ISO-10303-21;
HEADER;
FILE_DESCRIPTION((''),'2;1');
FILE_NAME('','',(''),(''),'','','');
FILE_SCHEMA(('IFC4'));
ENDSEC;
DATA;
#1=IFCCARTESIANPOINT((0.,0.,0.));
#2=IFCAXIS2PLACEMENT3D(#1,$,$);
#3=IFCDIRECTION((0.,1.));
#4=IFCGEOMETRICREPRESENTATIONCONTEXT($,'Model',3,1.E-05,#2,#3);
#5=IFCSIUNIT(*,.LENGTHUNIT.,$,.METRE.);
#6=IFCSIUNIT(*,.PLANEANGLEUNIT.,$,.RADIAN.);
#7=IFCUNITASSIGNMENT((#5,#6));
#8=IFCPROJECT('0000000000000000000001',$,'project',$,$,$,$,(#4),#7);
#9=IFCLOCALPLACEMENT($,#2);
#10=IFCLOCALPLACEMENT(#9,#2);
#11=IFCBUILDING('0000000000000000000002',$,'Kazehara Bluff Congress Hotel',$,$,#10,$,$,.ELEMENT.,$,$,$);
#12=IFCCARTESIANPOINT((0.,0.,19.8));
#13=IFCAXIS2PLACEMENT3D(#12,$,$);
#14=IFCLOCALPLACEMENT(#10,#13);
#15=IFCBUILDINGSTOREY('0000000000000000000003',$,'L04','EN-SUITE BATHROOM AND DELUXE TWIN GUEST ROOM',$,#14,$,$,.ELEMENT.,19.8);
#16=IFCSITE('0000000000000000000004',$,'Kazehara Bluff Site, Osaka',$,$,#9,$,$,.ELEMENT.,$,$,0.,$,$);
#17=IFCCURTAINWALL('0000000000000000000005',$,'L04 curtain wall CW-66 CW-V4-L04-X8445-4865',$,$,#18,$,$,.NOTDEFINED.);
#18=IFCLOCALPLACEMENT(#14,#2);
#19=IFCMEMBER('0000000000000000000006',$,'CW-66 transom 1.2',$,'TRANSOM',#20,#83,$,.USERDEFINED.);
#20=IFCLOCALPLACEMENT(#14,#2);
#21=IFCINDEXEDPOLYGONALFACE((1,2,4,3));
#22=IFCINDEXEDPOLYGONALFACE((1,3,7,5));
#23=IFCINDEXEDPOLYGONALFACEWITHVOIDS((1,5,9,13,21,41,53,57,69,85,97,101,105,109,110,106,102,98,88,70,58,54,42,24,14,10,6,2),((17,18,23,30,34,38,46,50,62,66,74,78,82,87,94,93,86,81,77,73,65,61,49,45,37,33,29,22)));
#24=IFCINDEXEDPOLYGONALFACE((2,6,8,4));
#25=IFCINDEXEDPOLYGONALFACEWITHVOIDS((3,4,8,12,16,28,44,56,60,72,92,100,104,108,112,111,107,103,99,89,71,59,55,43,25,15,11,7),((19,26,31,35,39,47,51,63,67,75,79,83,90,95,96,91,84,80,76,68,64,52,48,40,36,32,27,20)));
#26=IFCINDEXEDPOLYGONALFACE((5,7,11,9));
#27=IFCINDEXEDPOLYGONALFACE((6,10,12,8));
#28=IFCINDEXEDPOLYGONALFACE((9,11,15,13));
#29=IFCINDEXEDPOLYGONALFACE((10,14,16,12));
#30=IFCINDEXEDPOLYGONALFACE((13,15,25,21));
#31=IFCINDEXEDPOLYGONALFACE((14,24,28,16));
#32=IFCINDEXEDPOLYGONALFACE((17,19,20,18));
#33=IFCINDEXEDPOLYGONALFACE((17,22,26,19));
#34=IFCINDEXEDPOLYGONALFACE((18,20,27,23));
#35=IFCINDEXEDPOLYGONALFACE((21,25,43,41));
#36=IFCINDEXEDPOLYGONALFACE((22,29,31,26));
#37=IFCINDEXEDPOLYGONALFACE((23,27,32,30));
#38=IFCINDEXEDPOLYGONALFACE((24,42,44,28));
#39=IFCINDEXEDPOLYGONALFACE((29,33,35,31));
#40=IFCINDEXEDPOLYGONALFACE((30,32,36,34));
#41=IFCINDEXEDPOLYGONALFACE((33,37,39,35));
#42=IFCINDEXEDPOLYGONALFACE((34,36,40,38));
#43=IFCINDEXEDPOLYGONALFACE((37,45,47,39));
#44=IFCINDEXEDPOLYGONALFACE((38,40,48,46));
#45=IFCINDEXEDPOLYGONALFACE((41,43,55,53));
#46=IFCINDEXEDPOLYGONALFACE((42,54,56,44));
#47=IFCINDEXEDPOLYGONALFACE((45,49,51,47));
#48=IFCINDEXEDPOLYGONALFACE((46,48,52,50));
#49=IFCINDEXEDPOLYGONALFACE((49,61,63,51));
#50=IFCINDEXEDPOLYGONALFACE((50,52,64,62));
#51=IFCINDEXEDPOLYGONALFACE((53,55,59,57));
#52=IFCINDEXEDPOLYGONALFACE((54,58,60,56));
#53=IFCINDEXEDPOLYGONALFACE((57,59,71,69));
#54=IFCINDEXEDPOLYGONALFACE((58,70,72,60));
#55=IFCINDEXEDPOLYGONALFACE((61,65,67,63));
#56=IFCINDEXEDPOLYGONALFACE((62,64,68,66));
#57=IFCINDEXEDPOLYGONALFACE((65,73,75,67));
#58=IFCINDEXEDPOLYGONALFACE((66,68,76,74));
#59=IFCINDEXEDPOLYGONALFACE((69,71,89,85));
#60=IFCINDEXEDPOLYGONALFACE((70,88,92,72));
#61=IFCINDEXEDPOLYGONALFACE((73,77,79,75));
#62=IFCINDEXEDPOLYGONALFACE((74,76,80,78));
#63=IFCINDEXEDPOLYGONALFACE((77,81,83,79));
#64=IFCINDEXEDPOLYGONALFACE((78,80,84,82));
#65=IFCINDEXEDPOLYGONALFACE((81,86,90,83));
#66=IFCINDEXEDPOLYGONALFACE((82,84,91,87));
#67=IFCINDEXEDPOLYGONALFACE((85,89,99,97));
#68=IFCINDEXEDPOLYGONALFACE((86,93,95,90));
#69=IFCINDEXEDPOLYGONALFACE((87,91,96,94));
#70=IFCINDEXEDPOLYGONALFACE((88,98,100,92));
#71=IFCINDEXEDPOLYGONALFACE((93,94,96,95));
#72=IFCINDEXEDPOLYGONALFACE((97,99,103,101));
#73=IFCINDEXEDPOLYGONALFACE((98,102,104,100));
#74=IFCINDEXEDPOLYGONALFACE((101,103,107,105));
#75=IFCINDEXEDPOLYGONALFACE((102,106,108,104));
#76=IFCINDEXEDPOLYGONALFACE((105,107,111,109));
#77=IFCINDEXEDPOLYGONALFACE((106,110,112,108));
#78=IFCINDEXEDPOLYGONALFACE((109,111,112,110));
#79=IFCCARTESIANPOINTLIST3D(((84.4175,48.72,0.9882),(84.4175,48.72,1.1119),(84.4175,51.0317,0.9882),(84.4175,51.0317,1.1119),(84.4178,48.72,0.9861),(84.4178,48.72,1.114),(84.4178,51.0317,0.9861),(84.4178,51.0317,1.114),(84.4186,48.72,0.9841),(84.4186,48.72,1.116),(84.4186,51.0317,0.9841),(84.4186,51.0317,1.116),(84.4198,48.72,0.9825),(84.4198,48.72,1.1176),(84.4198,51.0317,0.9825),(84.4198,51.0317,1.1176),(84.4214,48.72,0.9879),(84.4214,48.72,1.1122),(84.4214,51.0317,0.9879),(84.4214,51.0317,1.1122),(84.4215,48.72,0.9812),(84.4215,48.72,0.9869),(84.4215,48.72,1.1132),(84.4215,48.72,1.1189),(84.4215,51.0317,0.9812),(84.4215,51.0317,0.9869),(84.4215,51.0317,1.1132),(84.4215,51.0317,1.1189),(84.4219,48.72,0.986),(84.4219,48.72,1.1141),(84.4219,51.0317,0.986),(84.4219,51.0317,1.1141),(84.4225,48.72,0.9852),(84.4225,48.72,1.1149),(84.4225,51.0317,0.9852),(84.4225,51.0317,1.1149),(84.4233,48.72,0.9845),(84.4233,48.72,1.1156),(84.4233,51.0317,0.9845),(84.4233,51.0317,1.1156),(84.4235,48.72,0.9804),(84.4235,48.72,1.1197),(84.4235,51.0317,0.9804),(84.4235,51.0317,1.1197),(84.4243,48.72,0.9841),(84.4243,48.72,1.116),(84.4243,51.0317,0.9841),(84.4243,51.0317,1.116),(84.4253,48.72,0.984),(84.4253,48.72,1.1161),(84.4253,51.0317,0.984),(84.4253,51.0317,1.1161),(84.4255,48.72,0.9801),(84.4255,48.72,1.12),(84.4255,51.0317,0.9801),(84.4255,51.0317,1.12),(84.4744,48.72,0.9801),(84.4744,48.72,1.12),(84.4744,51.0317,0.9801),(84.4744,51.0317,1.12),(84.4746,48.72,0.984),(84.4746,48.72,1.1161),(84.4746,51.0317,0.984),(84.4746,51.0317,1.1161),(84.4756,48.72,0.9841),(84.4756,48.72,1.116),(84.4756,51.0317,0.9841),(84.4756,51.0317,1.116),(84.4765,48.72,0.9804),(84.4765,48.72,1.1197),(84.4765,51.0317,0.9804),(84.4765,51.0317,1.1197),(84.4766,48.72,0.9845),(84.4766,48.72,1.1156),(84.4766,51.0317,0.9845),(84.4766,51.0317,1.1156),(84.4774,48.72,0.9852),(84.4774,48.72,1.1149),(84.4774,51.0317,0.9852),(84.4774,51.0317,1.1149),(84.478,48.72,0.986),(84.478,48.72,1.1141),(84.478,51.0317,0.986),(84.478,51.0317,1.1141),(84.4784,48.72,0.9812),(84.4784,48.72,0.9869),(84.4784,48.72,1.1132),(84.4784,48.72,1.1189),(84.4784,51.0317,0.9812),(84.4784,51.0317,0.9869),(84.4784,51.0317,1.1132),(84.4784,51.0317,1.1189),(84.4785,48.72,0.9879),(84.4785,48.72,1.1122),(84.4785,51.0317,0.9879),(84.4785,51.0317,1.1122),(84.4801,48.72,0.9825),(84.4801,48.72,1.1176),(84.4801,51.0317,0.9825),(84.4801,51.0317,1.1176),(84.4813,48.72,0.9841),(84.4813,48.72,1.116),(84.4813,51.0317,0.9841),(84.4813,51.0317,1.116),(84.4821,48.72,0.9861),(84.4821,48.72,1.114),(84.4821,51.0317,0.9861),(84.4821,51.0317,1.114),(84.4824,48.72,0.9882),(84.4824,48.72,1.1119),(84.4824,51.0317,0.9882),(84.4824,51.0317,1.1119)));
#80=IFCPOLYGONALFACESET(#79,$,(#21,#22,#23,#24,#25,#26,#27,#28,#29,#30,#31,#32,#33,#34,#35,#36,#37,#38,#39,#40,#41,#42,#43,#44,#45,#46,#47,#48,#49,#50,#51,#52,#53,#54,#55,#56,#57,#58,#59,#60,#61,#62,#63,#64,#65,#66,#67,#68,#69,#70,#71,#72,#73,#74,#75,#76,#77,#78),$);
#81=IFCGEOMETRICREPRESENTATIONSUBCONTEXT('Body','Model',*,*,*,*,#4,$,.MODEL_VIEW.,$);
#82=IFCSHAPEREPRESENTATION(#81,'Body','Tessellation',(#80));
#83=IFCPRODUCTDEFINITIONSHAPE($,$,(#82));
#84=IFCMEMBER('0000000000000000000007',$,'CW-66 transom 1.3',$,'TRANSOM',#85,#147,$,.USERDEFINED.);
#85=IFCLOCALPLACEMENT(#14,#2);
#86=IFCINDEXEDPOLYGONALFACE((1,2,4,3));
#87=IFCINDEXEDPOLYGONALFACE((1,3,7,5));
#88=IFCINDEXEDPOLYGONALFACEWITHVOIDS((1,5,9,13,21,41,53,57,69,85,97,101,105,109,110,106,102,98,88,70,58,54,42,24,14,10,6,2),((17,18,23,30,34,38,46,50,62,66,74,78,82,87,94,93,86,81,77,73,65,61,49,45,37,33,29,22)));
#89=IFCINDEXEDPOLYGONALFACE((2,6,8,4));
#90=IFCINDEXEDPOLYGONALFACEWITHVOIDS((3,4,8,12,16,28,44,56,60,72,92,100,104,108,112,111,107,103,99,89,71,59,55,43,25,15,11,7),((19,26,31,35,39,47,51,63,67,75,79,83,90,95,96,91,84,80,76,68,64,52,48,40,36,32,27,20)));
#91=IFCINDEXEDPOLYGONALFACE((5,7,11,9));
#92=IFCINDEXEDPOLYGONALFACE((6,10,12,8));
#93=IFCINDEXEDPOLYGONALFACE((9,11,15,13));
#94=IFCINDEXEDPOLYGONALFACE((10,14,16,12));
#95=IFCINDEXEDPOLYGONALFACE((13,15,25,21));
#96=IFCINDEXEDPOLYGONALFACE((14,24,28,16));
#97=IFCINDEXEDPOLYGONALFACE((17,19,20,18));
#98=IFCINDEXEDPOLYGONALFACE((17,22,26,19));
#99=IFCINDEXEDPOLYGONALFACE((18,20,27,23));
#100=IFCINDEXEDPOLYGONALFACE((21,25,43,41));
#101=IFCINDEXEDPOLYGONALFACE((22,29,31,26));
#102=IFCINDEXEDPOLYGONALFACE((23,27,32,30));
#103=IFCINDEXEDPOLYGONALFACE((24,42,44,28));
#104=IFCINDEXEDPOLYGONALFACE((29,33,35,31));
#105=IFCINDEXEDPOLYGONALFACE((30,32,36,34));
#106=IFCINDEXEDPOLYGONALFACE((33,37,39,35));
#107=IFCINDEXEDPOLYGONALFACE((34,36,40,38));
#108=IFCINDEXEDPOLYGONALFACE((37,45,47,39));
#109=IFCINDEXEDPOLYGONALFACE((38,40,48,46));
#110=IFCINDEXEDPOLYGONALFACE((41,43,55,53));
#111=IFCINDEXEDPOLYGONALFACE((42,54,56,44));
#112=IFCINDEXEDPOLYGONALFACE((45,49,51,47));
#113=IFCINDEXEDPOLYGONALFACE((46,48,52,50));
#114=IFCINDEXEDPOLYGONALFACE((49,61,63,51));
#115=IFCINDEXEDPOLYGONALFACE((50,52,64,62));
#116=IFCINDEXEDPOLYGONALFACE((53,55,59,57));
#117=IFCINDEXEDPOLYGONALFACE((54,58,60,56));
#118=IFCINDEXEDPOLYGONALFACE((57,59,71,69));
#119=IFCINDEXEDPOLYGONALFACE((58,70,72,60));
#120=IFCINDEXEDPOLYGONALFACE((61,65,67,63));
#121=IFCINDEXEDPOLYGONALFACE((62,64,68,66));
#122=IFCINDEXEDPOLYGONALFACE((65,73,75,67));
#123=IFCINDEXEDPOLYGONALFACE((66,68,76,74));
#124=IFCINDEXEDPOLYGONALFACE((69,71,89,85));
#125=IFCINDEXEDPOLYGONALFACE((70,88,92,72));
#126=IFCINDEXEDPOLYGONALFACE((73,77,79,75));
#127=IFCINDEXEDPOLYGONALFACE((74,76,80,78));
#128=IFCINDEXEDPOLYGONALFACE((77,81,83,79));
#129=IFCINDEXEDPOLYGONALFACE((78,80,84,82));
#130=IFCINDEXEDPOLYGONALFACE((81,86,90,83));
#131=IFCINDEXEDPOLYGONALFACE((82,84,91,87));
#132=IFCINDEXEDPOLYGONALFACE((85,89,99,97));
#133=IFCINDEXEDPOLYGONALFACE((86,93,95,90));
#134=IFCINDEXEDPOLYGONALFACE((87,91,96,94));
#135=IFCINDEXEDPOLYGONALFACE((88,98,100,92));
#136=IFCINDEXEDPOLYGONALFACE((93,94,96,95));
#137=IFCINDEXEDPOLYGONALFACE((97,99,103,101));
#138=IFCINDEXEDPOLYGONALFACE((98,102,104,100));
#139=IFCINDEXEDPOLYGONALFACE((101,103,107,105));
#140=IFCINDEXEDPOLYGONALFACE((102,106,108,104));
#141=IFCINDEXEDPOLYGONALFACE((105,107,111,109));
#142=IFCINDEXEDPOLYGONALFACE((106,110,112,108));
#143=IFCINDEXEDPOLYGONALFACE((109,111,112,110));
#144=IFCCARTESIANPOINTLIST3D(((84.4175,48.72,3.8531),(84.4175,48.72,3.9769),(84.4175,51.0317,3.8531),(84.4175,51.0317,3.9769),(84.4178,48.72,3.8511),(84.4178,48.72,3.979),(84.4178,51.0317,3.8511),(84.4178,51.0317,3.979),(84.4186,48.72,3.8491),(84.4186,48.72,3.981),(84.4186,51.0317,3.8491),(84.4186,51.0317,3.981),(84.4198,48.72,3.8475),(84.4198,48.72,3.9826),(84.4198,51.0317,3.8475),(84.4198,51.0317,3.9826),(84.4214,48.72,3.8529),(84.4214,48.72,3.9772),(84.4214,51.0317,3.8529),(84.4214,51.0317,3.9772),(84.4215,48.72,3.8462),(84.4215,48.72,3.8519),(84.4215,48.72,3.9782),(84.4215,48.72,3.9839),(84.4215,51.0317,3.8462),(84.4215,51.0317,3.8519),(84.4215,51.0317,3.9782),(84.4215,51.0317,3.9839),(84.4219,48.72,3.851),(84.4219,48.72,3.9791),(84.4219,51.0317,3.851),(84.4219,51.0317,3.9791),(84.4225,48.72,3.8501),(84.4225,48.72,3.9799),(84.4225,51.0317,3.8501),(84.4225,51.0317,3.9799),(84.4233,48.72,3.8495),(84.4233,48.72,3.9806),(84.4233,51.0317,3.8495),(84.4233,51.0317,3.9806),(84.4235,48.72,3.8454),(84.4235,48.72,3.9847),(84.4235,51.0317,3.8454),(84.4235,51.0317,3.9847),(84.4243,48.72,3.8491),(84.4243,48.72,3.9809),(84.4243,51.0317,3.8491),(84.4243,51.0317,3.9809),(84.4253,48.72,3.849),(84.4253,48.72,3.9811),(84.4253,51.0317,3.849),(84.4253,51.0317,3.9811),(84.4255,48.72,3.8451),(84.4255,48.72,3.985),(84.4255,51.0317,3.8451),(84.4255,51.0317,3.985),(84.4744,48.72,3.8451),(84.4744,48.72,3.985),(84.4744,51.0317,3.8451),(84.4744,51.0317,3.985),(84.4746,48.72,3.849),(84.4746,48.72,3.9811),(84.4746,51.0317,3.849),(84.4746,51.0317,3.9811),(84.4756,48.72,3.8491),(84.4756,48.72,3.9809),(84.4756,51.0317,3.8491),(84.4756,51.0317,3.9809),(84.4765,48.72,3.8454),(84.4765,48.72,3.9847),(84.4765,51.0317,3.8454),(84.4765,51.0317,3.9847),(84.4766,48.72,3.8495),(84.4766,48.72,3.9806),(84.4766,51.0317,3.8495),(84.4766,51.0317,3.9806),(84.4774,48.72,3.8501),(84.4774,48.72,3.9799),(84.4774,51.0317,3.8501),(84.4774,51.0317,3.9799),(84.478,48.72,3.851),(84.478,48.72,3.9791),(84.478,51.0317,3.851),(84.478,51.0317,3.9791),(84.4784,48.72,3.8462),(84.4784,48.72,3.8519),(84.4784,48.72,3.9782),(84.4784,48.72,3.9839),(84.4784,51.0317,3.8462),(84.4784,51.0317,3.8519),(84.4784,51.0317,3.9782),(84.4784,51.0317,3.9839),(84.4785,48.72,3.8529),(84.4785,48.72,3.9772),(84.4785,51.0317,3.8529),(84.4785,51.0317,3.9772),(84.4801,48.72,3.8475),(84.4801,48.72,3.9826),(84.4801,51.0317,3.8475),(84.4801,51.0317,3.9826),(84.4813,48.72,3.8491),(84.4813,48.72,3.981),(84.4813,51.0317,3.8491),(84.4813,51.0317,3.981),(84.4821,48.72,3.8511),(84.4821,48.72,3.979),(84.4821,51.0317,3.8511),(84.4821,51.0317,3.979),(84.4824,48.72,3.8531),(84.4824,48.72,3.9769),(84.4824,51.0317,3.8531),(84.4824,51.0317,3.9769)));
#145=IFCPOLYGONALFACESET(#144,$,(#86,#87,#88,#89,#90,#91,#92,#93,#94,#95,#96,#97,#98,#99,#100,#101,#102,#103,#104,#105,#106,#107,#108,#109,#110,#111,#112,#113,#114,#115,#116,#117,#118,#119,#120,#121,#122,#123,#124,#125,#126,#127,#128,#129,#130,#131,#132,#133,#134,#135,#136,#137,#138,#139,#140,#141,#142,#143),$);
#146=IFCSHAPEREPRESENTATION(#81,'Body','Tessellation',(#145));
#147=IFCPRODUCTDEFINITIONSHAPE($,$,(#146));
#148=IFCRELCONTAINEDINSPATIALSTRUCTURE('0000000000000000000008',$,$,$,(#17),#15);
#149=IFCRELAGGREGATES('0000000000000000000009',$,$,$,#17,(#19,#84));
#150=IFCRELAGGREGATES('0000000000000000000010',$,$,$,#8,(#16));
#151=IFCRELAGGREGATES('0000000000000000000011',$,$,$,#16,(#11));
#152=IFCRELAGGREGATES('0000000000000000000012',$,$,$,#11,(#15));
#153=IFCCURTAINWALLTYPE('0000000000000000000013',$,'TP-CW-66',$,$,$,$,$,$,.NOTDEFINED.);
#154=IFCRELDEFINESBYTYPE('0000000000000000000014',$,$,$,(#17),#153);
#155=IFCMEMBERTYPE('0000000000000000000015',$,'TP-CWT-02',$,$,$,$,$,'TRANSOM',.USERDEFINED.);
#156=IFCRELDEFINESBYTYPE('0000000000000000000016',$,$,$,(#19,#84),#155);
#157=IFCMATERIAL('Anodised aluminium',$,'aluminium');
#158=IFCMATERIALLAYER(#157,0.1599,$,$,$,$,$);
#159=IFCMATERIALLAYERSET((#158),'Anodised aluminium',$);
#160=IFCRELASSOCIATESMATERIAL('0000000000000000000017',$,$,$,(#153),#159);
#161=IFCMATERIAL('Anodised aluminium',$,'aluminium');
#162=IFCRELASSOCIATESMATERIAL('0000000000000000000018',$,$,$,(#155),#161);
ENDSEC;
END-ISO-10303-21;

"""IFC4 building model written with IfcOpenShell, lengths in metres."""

from ifc_helpers import new_model, si_unit, direction, frame, origin, origin_2d, place, context, subcontext, project, spatial, hollow_rectangle, extrude, material, layer, layer_set, material_profile, profile_set, type_object, element, aggregate, save


model = new_model("IFC4")

# Units and contexts
model_context = context("Model", 3, precision=1e-05, world=origin(), true_north=direction((0.0, 1.0)))
body_context = subcontext(model_context, "Body", "Model", "MODEL_VIEW")
ifc_project = project(units=[si_unit("LENGTHUNIT", "METRE"), si_unit("PLANEANGLEUNIT", "RADIAN")], contexts=[model_context])

# Site, building, storey
site_placement = place(None, origin())
site = spatial("IfcSite", under=ifc_project, at=site_placement, Name="Kazehara Bluff Site, Osaka", CompositionType="ELEMENT", RefElevation=0.0)
building_placement = place(site_placement, origin())
building = spatial("IfcBuilding", under=site, at=building_placement, Name="Kazehara Bluff Congress Hotel", CompositionType="ELEMENT")
storey_placement = place(building_placement, frame((0.0, 0.0, 19.8)))
storey = spatial("IfcBuildingStorey", under=building, at=storey_placement, Name="L04", Description="EN-SUITE BATHROOM AND DELUXE TWIN GUEST ROOM", CompositionType="ELEMENT", Elevation=19.8)

# Curtain wall
ifc_material_1 = material(Name="Anodised aluminium", Category="aluminium")
ifc_layer_1 = layer(ifc_material_1, 0.1599)
ifc_layer_set_1 = layer_set([ifc_layer_1], Name="Anodised aluminium")
curtain_wall_type_1 = type_object("IfcCurtainWallType", Name="TP-CW-66", PredefinedType="NOTDEFINED", material=ifc_layer_set_1)
curtain_wall_1_placement = place(storey_placement, origin())
curtain_wall_1 = element("IfcCurtainWall", 1, at=curtain_wall_1_placement, inside=storey, type_object=curtain_wall_type_1, Name="L04 curtain wall CW-66 CW-V4-L04-X8445-4865", PredefinedType="NOTDEFINED")

# Members
ifc_material_2 = material(Name="Anodised aluminium", Category="aluminium")
ifc_material_profile_1 = material_profile(ifc_material_2, hollow_rectangle(XDim=0.0649, YDim=0.1399, WallThickness=0.0039, InnerFilletRadius=0.0039, OuterFilletRadius=0.0081, at=origin_2d()))
ifc_profile_set_1 = profile_set([ifc_material_profile_1], Name="Anodised aluminium")
member_type_1 = type_object("IfcMemberType", Name="TP-CWT-02", ElementType="TRANSOM", PredefinedType="USERDEFINED", material=ifc_profile_set_1)
member_1_placement = place(storey_placement, frame((84.45, 48.72, 1.05), z_axis=(0.0, 1.0, 0.0), x_axis=(-1.0, 0.0, 0.0)))
member_1 = element("IfcMember", 2, at=member_1_placement, type_object=member_type_1, Name="CW-66 transom 1.2", ObjectType="TRANSOM", PredefinedType="USERDEFINED", context=body_context, shape_type="SweptSolid", body=[
    extrude(hollow_rectangle(XDim=0.0649, YDim=0.1399, WallThickness=0.0039, InnerFilletRadius=0.0039, OuterFilletRadius=0.0081, at=origin_2d()), origin(), (0.0, 0.0, 1.0), 2.3118),
])
member_2_placement = place(storey_placement, frame((84.45, 48.72, 3.915), z_axis=(0.0, 1.0, 0.0), x_axis=(-1.0, 0.0, 0.0)))
member_2 = element("IfcMember", 3, at=member_2_placement, type_object=member_type_1, Name="CW-66 transom 1.3", ObjectType="TRANSOM", PredefinedType="USERDEFINED", context=body_context, shape_type="SweptSolid", body=[
    extrude(hollow_rectangle(XDim=0.0649, YDim=0.1399, WallThickness=0.0039, InnerFilletRadius=0.0039, OuterFilletRadius=0.0081, at=origin_2d()), origin(), (0.0, 0.0, 1.0), 2.3118),
])

aggregate(curtain_wall_1, [member_1, member_2])

save(model, "model.ifc")
